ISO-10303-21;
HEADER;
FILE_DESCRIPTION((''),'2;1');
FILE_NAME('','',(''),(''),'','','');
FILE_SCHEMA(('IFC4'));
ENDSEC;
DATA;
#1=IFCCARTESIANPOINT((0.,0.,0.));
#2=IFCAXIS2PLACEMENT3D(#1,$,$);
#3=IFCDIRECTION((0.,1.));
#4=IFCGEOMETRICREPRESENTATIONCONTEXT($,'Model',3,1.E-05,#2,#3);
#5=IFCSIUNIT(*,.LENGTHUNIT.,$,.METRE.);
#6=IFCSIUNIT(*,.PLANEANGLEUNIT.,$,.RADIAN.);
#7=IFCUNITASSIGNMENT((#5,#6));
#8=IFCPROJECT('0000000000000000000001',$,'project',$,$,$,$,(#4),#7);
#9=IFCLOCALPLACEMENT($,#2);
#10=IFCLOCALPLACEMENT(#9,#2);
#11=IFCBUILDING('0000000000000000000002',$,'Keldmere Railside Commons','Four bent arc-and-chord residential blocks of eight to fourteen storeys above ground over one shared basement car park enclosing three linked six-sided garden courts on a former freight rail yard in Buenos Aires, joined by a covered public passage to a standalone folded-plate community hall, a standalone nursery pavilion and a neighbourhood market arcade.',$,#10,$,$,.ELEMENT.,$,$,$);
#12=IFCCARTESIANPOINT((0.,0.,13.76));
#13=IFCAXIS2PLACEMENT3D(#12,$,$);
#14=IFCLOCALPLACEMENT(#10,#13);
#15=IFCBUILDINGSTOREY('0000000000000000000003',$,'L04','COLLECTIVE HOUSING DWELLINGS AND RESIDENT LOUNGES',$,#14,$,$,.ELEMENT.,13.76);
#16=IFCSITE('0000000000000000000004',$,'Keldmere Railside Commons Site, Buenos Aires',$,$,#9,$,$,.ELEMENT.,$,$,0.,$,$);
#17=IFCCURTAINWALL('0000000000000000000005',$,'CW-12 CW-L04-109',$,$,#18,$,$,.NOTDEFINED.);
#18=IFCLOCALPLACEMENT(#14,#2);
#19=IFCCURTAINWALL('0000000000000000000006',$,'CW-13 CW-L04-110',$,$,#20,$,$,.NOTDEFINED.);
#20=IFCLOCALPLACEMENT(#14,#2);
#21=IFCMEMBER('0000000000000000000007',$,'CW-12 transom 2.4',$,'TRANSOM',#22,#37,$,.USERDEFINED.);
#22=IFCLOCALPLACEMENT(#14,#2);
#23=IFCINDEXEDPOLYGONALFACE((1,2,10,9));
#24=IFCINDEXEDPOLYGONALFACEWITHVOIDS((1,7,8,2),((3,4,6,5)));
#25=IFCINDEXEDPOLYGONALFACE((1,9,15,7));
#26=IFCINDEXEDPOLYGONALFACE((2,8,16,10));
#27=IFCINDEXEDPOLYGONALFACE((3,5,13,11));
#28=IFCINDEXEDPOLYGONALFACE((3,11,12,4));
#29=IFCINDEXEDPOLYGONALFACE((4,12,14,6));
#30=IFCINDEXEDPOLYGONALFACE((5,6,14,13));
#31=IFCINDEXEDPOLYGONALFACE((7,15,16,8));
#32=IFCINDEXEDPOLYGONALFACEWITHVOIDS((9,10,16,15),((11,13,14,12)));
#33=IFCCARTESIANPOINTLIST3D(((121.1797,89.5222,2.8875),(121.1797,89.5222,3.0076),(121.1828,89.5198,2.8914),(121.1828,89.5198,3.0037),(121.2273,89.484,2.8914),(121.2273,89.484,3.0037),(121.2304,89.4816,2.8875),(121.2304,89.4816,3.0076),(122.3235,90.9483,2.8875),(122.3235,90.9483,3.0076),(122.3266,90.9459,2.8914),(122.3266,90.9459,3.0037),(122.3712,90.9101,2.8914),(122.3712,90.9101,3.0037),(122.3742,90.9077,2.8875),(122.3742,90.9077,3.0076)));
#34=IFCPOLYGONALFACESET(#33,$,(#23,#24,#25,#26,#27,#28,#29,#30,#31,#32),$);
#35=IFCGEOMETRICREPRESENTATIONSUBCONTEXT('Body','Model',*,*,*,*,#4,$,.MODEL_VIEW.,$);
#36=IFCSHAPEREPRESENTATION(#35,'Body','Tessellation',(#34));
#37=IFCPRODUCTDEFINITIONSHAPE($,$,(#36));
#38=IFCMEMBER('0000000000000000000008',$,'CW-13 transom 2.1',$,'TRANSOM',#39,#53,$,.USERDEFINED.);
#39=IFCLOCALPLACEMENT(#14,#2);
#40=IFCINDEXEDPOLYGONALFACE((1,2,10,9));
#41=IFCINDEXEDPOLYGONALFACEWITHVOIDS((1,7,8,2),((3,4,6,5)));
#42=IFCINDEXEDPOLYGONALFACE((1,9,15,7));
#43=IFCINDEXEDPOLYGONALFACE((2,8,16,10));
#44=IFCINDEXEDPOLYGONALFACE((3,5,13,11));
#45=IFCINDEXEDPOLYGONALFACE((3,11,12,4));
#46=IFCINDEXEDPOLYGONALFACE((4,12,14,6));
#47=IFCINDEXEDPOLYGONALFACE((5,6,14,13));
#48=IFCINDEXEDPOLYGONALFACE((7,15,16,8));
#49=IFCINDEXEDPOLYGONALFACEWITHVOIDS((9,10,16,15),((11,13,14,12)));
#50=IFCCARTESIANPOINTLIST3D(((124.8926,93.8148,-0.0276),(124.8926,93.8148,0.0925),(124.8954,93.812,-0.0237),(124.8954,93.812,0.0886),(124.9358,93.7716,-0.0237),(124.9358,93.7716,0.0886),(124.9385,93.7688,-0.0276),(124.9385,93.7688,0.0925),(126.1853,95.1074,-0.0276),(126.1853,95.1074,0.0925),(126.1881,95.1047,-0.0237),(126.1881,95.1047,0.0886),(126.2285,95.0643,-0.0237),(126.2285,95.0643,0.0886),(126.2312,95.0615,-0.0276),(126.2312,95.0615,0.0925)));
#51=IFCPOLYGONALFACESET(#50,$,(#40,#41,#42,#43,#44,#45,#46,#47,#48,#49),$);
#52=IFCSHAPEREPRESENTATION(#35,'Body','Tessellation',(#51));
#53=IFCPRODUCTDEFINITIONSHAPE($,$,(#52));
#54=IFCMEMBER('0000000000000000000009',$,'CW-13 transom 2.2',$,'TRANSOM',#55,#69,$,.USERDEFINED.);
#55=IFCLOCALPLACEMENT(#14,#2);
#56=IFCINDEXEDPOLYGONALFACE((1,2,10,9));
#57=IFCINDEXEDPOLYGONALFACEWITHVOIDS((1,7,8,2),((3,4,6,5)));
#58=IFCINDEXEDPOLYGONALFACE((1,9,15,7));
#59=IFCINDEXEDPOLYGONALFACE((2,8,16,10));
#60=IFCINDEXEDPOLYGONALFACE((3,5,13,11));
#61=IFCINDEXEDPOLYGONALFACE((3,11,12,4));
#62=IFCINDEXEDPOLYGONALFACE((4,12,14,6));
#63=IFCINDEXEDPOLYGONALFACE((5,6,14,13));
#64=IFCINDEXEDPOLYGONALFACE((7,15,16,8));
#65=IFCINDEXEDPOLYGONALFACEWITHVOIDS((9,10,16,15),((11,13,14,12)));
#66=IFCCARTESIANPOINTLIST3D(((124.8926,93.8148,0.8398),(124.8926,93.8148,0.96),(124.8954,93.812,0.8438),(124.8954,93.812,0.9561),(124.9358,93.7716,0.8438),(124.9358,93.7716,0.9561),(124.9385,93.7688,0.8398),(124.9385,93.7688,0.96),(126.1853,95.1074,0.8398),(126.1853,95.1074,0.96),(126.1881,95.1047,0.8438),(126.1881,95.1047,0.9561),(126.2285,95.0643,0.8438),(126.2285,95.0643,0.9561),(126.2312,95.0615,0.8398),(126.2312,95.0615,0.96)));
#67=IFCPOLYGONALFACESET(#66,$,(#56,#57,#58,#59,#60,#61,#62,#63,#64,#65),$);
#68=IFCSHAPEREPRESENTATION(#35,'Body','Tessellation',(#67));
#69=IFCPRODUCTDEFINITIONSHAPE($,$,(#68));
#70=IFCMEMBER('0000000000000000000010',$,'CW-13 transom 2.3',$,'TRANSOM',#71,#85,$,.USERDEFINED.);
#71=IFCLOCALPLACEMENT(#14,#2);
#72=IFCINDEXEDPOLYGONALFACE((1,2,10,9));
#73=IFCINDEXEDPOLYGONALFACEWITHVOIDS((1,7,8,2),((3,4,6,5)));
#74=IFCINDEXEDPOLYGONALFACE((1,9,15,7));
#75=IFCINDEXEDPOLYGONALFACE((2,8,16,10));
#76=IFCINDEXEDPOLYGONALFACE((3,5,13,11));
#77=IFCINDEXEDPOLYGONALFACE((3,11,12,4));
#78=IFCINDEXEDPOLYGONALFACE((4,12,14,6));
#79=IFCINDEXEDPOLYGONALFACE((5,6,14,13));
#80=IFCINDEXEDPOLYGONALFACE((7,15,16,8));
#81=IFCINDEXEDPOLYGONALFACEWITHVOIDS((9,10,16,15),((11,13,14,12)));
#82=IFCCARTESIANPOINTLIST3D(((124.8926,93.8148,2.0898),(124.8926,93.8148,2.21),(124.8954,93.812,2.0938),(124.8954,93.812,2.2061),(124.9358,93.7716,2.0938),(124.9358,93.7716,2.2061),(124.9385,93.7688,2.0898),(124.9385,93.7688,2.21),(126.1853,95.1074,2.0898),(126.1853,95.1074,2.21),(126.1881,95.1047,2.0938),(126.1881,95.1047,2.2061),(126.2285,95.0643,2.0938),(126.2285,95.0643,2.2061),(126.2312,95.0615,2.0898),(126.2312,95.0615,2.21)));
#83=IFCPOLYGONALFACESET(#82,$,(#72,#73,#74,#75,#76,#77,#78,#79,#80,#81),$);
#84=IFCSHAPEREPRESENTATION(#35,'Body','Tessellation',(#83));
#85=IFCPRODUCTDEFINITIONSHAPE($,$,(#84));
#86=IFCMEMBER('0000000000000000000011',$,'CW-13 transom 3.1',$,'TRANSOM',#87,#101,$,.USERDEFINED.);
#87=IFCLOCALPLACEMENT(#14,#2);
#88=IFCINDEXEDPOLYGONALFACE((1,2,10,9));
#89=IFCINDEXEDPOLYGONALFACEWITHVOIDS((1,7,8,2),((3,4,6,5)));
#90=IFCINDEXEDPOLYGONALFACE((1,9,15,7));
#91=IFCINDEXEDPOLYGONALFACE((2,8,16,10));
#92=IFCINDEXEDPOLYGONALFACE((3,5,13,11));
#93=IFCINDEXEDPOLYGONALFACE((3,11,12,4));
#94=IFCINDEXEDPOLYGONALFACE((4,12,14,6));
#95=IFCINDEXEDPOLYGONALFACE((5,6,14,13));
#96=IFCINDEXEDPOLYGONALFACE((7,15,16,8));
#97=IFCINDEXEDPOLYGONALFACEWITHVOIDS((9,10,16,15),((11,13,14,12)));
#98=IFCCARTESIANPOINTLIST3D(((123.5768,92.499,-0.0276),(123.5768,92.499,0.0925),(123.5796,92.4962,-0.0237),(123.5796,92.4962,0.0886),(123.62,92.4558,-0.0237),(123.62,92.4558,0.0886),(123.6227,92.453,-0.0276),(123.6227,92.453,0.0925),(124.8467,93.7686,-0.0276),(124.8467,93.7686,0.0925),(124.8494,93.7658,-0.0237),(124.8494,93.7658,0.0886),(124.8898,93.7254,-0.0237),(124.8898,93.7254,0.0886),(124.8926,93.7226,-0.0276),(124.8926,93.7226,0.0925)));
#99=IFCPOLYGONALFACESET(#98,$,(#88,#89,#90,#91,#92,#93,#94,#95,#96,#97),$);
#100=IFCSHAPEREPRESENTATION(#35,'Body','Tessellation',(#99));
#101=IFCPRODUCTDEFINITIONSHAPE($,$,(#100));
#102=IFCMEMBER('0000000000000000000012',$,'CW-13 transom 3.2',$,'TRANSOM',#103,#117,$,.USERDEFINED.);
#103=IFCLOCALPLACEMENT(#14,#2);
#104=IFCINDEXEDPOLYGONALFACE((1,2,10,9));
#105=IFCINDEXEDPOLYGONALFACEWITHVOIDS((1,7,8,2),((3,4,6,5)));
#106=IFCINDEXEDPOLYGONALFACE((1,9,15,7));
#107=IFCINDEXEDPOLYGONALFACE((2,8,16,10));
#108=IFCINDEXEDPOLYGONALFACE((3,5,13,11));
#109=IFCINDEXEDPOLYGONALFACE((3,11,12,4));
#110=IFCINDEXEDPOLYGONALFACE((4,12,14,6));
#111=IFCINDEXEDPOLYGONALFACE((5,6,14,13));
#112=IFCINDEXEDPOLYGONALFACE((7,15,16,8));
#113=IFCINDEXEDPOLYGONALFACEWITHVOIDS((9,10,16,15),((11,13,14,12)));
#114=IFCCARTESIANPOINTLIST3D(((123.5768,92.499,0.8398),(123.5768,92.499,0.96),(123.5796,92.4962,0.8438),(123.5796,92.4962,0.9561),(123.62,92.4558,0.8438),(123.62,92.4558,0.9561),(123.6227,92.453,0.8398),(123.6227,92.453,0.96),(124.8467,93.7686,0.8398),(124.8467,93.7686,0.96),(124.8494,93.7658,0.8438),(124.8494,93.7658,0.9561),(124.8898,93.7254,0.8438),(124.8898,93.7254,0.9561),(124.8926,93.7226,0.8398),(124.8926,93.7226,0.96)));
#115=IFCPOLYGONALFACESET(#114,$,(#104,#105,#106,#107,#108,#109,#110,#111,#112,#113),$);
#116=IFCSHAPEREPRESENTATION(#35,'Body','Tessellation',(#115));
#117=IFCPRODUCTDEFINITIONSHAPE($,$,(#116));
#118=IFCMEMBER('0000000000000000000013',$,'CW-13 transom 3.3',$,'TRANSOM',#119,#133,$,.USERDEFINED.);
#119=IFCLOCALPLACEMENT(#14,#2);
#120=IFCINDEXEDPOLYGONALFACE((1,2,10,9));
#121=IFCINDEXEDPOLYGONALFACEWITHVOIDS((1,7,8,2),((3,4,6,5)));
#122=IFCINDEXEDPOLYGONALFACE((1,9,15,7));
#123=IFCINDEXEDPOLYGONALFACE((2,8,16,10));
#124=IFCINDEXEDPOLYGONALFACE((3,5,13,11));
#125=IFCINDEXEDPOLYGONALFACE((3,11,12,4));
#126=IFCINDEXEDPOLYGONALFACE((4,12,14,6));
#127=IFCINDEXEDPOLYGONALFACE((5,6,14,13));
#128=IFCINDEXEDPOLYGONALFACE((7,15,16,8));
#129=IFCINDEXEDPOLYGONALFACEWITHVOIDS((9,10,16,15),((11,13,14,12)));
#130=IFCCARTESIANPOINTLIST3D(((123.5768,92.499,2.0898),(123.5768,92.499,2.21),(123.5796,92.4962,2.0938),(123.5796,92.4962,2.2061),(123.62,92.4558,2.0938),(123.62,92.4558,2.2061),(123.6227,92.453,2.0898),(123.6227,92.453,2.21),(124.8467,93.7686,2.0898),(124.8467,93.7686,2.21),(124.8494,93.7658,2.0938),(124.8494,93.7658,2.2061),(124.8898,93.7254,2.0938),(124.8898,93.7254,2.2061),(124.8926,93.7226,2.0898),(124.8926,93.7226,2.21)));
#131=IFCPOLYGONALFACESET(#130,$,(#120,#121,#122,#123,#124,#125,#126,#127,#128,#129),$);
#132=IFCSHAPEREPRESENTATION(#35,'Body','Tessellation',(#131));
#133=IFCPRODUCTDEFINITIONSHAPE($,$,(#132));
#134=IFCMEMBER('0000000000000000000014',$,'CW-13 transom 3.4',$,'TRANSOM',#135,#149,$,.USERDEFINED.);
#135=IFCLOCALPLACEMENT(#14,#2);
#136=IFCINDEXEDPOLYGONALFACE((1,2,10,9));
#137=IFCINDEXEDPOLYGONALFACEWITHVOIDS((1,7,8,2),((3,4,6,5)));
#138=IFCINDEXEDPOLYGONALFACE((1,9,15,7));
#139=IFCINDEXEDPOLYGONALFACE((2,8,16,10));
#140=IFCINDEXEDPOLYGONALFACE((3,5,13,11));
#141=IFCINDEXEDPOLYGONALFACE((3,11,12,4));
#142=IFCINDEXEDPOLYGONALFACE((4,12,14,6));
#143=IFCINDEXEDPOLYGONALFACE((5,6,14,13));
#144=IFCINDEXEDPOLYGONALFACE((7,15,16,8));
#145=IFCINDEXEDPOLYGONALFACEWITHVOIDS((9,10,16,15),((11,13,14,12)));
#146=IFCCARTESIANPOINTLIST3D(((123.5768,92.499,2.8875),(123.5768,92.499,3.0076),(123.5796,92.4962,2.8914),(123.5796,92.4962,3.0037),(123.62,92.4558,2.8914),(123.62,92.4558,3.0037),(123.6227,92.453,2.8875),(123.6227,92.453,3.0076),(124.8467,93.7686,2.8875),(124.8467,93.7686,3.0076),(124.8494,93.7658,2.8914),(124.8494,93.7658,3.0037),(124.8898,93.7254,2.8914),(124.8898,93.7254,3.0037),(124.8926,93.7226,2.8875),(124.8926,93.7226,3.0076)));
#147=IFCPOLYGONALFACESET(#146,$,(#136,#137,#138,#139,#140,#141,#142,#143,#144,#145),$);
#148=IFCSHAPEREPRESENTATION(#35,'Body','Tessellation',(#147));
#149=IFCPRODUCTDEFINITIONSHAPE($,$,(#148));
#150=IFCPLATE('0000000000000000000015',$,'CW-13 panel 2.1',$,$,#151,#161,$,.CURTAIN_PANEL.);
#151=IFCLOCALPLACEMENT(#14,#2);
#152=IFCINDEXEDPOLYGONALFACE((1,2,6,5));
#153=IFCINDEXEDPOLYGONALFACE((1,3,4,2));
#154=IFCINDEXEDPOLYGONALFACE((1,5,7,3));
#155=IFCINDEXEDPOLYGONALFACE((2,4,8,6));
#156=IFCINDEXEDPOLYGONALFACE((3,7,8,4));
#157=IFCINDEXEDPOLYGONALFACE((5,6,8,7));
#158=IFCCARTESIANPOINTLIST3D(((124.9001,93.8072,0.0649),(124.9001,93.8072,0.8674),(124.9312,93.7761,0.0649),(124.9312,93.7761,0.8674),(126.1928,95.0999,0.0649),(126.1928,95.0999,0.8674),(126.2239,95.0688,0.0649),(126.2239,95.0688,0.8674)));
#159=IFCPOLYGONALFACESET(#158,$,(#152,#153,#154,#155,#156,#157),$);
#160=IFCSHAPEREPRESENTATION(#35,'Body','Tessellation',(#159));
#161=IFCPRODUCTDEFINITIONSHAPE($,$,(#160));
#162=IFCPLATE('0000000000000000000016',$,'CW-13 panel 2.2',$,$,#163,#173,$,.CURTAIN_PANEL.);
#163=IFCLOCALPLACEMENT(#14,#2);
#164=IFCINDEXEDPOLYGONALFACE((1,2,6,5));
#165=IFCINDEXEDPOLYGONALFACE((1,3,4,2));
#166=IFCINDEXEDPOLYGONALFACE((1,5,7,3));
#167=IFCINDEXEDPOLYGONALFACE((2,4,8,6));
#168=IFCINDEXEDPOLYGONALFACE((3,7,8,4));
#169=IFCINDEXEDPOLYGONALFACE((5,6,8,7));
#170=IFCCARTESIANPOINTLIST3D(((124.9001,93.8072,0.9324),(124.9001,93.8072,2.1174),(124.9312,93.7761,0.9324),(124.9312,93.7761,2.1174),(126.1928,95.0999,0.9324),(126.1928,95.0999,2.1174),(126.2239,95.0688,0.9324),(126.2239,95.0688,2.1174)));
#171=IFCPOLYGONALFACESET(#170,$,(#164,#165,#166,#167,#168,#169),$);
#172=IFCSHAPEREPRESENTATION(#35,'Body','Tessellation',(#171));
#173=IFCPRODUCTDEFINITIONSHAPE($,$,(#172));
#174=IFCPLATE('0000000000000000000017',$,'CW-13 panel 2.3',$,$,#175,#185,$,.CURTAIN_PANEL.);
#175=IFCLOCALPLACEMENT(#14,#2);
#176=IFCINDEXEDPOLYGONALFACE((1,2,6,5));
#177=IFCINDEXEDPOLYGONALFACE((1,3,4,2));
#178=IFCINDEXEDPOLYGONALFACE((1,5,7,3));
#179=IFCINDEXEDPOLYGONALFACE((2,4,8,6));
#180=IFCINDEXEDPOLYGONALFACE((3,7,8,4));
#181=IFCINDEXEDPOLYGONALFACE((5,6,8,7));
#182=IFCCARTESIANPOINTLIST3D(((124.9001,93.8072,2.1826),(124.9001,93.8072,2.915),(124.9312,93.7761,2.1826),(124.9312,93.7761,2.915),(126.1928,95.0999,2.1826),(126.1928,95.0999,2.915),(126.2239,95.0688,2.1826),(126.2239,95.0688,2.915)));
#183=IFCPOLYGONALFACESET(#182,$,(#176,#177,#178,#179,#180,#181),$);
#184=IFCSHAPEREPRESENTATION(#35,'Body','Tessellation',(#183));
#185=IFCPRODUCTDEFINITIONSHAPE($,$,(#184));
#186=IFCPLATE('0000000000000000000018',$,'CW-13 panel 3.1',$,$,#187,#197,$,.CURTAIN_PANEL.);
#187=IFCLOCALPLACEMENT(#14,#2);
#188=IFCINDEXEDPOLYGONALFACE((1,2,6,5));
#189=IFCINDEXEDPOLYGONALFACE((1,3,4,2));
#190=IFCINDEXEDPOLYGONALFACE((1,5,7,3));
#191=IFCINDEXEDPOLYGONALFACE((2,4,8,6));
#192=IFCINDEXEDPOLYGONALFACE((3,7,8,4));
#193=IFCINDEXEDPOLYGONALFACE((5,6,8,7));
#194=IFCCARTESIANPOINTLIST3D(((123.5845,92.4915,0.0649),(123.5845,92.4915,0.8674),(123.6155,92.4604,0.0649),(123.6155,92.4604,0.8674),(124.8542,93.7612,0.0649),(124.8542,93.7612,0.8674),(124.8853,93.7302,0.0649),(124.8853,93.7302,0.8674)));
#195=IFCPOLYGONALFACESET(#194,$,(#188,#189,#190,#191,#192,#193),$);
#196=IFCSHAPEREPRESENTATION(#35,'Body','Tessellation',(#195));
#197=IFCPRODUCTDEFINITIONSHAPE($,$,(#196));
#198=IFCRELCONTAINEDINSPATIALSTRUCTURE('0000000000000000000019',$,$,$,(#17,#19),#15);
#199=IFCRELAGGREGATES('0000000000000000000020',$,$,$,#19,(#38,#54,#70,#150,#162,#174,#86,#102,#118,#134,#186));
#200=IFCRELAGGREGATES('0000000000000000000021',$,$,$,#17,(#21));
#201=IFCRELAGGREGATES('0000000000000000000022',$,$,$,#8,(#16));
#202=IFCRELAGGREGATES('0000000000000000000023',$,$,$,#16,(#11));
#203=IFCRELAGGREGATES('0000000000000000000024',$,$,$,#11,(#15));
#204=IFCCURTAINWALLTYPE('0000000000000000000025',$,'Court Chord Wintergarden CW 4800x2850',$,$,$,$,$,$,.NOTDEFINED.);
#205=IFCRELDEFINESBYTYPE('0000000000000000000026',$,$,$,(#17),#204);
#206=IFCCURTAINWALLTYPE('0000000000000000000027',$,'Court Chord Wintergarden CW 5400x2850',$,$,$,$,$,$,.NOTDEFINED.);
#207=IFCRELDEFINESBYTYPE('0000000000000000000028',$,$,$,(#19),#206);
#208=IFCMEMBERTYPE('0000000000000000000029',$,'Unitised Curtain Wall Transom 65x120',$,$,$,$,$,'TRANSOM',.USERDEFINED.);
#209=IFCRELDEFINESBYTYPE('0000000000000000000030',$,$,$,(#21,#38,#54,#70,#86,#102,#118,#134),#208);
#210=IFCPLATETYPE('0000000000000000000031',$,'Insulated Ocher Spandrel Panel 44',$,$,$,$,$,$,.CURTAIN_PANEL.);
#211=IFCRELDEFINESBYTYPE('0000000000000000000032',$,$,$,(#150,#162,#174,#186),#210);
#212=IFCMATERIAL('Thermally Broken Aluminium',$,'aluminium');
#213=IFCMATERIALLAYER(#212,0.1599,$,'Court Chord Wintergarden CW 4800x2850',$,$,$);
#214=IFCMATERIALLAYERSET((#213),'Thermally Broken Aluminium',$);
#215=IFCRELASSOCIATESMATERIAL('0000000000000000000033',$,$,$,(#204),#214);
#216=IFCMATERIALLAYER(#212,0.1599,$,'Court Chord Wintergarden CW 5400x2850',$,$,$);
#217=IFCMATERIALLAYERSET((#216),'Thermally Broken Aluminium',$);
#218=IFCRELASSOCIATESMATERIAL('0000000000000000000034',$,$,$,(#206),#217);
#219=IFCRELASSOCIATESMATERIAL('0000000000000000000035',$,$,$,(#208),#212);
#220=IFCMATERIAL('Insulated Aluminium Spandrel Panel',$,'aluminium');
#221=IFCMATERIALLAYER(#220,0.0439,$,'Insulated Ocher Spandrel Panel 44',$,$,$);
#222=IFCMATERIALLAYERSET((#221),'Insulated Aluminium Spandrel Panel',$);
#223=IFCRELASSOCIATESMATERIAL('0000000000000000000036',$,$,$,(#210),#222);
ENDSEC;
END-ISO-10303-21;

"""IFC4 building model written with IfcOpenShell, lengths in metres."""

from ifc_helpers import new_model, si_unit, direction, frame, origin, origin_2d, place, context, subcontext, project, spatial, rectangle, hollow_rectangle, extrude, material, layer, layer_set, material_profile, profile_set, type_object, element, aggregate, save


model = new_model("IFC4")

# Units and contexts
model_context = context("Model", 3, precision=1e-05, world=origin(), true_north=direction((0.0, 1.0)))
body_context = subcontext(model_context, "Body", "Model", "MODEL_VIEW")
ifc_project = project(units=[si_unit("LENGTHUNIT", "METRE"), si_unit("PLANEANGLEUNIT", "RADIAN")], contexts=[model_context])

# Site, building, storey
site_placement = place(None, origin())
site = spatial("IfcSite", under=ifc_project, at=site_placement, Name="Keldmere Railside Commons Site, Buenos Aires", CompositionType="ELEMENT", RefElevation=0.0)
building_placement = place(site_placement, origin())
building = spatial("IfcBuilding", under=site, at=building_placement, Name="Keldmere Railside Commons", Description="Four bent arc-and-chord residential blocks of eight to fourteen storeys above ground over one shared basement car park enclosing three linked six-sided garden courts on a former freight rail yard in Buenos Aires, joined by a covered public passage to a standalone folded-plate community hall, a standalone nursery pavilion and a neighbourhood market arcade.", CompositionType="ELEMENT")
storey_placement = place(building_placement, frame((0.0, 0.0, 13.76)))
storey = spatial("IfcBuildingStorey", under=building, at=storey_placement, Name="L04", Description="COLLECTIVE HOUSING DWELLINGS AND RESIDENT LOUNGES", CompositionType="ELEMENT", Elevation=13.76)

# Curtain walls
ifc_material_1 = material(Name="Thermally Broken Aluminium", Category="aluminium")
ifc_layer_1 = layer(ifc_material_1, 0.1599, Name="Court Chord Wintergarden CW 4800x2850")
ifc_layer_set_1 = layer_set([ifc_layer_1], Name="Thermally Broken Aluminium")
curtain_wall_type_1 = type_object("IfcCurtainWallType", Name="Court Chord Wintergarden CW 4800x2850", PredefinedType="NOTDEFINED", material=ifc_layer_set_1)
curtain_wall_1_placement = place(storey_placement, origin())
curtain_wall_1 = element("IfcCurtainWall", 1, at=curtain_wall_1_placement, inside=storey, type_object=curtain_wall_type_1, Name="CW-12 CW-L04-109", PredefinedType="NOTDEFINED")
ifc_layer_2 = layer(ifc_material_1, 0.1599, Name="Court Chord Wintergarden CW 5400x2850")
ifc_layer_set_2 = layer_set([ifc_layer_2], Name="Thermally Broken Aluminium")
curtain_wall_type_2 = type_object("IfcCurtainWallType", Name="Court Chord Wintergarden CW 5400x2850", PredefinedType="NOTDEFINED", material=ifc_layer_set_2)
curtain_wall_2_placement = place(storey_placement, origin())
curtain_wall_2 = element("IfcCurtainWall", 2, at=curtain_wall_2_placement, inside=storey, type_object=curtain_wall_type_2, Name="CW-13 CW-L04-110", PredefinedType="NOTDEFINED")

# Members
ifc_material_profile_1 = material_profile(ifc_material_1, hollow_rectangle(XDim=0.0649, YDim=0.1201, WallThickness=0.0039, at=origin_2d()), Name="ALU-TRAN-65x120")
ifc_profile_set_1 = profile_set([ifc_material_profile_1], Name="Thermally Broken Aluminium")
member_type_1 = type_object("IfcMemberType", Name="Unitised Curtain Wall Transom 65x120", ElementType="TRANSOM", PredefinedType="USERDEFINED", material=ifc_profile_set_1)
member_1_placement = place(storey_placement, frame((122.3489, 90.928, 2.9475), z_axis=(-0.625688, -0.780073, 0.0), x_axis=(0.780073, -0.625688, 0.0)))
member_1 = element("IfcMember", 3, at=member_1_placement, type_object=member_type_1, Name="CW-12 transom 2.4", ObjectType="TRANSOM", PredefinedType="USERDEFINED", context=body_context, shape_type="SweptSolid", body=[
    extrude(hollow_rectangle(XDim=0.0649, YDim=0.1201, WallThickness=0.0039, at=origin_2d()), origin(), (0.0, 0.0, 1.0), 1.8281),
])
member_2_placement = place(storey_placement, frame((126.2083, 95.0845, 0.0325), z_axis=(-0.707107, -0.707107, 0.0), x_axis=(0.707107, -0.707107, 0.0)))
member_2 = element("IfcMember", 4, at=member_2_placement, type_object=member_type_1, Name="CW-13 transom 2.1", ObjectType="TRANSOM", PredefinedType="USERDEFINED", context=body_context, shape_type="SweptSolid", body=[
    extrude(hollow_rectangle(XDim=0.0649, YDim=0.1201, WallThickness=0.0039, at=origin_2d()), origin(), (0.0, 0.0, 1.0), 1.8281),
])
member_3_placement = place(storey_placement, frame((126.2083, 95.0845, 0.8999), z_axis=(-0.707107, -0.707107, 0.0), x_axis=(0.707107, -0.707107, 0.0)))
member_3 = element("IfcMember", 5, at=member_3_placement, type_object=member_type_1, Name="CW-13 transom 2.2", ObjectType="TRANSOM", PredefinedType="USERDEFINED", context=body_context, shape_type="SweptSolid", body=[
    extrude(hollow_rectangle(XDim=0.0649, YDim=0.1201, WallThickness=0.0039, at=origin_2d()), origin(), (0.0, 0.0, 1.0), 1.8281),
])
member_4_placement = place(storey_placement, frame((126.2083, 95.0845, 2.1499), z_axis=(-0.707107, -0.707107, 0.0), x_axis=(0.707107, -0.707107, 0.0)))
member_4 = element("IfcMember", 6, at=member_4_placement, type_object=member_type_1, Name="CW-13 transom 2.3", ObjectType="TRANSOM", PredefinedType="USERDEFINED", context=body_context, shape_type="SweptSolid", body=[
    extrude(hollow_rectangle(XDim=0.0649, YDim=0.1201, WallThickness=0.0039, at=origin_2d()), origin(), (0.0, 0.0, 1.0), 1.8281),
])
member_5_placement = place(storey_placement, frame((124.8696, 93.7456, 0.0325), z_axis=(-0.707175, -0.707039, 0.0), x_axis=(0.707039, -0.707175, 0.0)))
member_5 = element("IfcMember", 7, at=member_5_placement, type_object=member_type_1, Name="CW-13 transom 3.1", ObjectType="TRANSOM", PredefinedType="USERDEFINED", context=body_context, shape_type="SweptSolid", body=[
    extrude(hollow_rectangle(XDim=0.0649, YDim=0.1201, WallThickness=0.0039, at=origin_2d()), origin(), (0.0, 0.0, 1.0), 1.7957),
])
member_6_placement = place(storey_placement, frame((124.8696, 93.7456, 0.8999), z_axis=(-0.707175, -0.707039, 0.0), x_axis=(0.707039, -0.707175, 0.0)))
member_6 = element("IfcMember", 8, at=member_6_placement, type_object=member_type_1, Name="CW-13 transom 3.2", ObjectType="TRANSOM", PredefinedType="USERDEFINED", context=body_context, shape_type="SweptSolid", body=[
    extrude(hollow_rectangle(XDim=0.0649, YDim=0.1201, WallThickness=0.0039, at=origin_2d()), origin(), (0.0, 0.0, 1.0), 1.7957),
])
member_7_placement = place(storey_placement, frame((124.8696, 93.7456, 2.1499), z_axis=(-0.707175, -0.707039, 0.0), x_axis=(0.707039, -0.707175, 0.0)))
member_7 = element("IfcMember", 9, at=member_7_placement, type_object=member_type_1, Name="CW-13 transom 3.3", ObjectType="TRANSOM", PredefinedType="USERDEFINED", context=body_context, shape_type="SweptSolid", body=[
    extrude(hollow_rectangle(XDim=0.0649, YDim=0.1201, WallThickness=0.0039, at=origin_2d()), origin(), (0.0, 0.0, 1.0), 1.7957),
])
member_8_placement = place(storey_placement, frame((124.8696, 93.7456, 2.9475), z_axis=(-0.707175, -0.707039, 0.0), x_axis=(0.707039, -0.707175, 0.0)))
member_8 = element("IfcMember", 10, at=member_8_placement, type_object=member_type_1, Name="CW-13 transom 3.4", ObjectType="TRANSOM", PredefinedType="USERDEFINED", context=body_context, shape_type="SweptSolid", body=[
    extrude(hollow_rectangle(XDim=0.0649, YDim=0.1201, WallThickness=0.0039, at=origin_2d()), origin(), (0.0, 0.0, 1.0), 1.7957),
])

# Plates
ifc_material_2 = material(Name="Insulated Aluminium Spandrel Panel", Category="aluminium")
ifc_layer_3 = layer(ifc_material_2, 0.0439, Name="Insulated Ocher Spandrel Panel 44")
ifc_layer_set_3 = layer_set([ifc_layer_3], Name="Insulated Aluminium Spandrel Panel")
plate_type_1 = type_object("IfcPlateType", Name="Insulated Ocher Spandrel Panel 44", PredefinedType="CURTAIN_PANEL", material=ifc_layer_set_3)
plate_1_placement = place(storey_placement, frame((125.562, 94.438, 0.0649), z_axis=(0.0, 0.0, 1.0), x_axis=(-0.707107, -0.707107, 0.0)))
plate_1 = element("IfcPlate", 11, at=plate_1_placement, type_object=plate_type_1, Name="CW-13 panel 2.1", PredefinedType="CURTAIN_PANEL", context=body_context, shape_type="SweptSolid", body=[
    extrude(rectangle(XDim=1.8281, YDim=0.0439, at=origin_2d()), origin(), (0.0, 0.0, 1.0), 0.8025),
])
plate_2_placement = place(storey_placement, frame((125.562, 94.438, 0.9324), z_axis=(0.0, 0.0, 1.0), x_axis=(-0.707107, -0.707107, 0.0)))
plate_2 = element("IfcPlate", 12, at=plate_2_placement, type_object=plate_type_1, Name="CW-13 panel 2.2", PredefinedType="CURTAIN_PANEL", context=body_context, shape_type="SweptSolid", body=[
    extrude(rectangle(XDim=1.8281, YDim=0.0439, at=origin_2d()), origin(), (0.0, 0.0, 1.0), 1.1851),
])
plate_3_placement = place(storey_placement, frame((125.562, 94.438, 2.1826), z_axis=(0.0, 0.0, 1.0), x_axis=(-0.707107, -0.707107, 0.0)))
plate_3 = element("IfcPlate", 13, at=plate_3_placement, type_object=plate_type_1, Name="CW-13 panel 2.3", PredefinedType="CURTAIN_PANEL", context=body_context, shape_type="SweptSolid", body=[
    extrude(rectangle(XDim=1.8281, YDim=0.0439, at=origin_2d()), origin(), (0.0, 0.0, 1.0), 0.7324),
])
plate_4_placement = place(storey_placement, frame((124.2349, 93.1108, 0.0649), z_axis=(0.0, 0.0, 1.0), x_axis=(-0.707107, -0.707107, 0.0)))
plate_4 = element("IfcPlate", 14, at=plate_4_placement, type_object=plate_type_1, Name="CW-13 panel 3.1", PredefinedType="CURTAIN_PANEL", context=body_context, shape_type="SweptSolid", body=[
    extrude(rectangle(XDim=1.7957, YDim=0.0439, at=origin_2d()), origin(), (0.0, 0.0, 1.0), 0.8025),
])
aggregate(curtain_wall_2, [member_2, member_3, member_4, plate_1, plate_2, plate_3, member_5, member_6, member_7, member_8, plate_4])
aggregate(curtain_wall_1, [member_1])

save(model, "model.ifc")
